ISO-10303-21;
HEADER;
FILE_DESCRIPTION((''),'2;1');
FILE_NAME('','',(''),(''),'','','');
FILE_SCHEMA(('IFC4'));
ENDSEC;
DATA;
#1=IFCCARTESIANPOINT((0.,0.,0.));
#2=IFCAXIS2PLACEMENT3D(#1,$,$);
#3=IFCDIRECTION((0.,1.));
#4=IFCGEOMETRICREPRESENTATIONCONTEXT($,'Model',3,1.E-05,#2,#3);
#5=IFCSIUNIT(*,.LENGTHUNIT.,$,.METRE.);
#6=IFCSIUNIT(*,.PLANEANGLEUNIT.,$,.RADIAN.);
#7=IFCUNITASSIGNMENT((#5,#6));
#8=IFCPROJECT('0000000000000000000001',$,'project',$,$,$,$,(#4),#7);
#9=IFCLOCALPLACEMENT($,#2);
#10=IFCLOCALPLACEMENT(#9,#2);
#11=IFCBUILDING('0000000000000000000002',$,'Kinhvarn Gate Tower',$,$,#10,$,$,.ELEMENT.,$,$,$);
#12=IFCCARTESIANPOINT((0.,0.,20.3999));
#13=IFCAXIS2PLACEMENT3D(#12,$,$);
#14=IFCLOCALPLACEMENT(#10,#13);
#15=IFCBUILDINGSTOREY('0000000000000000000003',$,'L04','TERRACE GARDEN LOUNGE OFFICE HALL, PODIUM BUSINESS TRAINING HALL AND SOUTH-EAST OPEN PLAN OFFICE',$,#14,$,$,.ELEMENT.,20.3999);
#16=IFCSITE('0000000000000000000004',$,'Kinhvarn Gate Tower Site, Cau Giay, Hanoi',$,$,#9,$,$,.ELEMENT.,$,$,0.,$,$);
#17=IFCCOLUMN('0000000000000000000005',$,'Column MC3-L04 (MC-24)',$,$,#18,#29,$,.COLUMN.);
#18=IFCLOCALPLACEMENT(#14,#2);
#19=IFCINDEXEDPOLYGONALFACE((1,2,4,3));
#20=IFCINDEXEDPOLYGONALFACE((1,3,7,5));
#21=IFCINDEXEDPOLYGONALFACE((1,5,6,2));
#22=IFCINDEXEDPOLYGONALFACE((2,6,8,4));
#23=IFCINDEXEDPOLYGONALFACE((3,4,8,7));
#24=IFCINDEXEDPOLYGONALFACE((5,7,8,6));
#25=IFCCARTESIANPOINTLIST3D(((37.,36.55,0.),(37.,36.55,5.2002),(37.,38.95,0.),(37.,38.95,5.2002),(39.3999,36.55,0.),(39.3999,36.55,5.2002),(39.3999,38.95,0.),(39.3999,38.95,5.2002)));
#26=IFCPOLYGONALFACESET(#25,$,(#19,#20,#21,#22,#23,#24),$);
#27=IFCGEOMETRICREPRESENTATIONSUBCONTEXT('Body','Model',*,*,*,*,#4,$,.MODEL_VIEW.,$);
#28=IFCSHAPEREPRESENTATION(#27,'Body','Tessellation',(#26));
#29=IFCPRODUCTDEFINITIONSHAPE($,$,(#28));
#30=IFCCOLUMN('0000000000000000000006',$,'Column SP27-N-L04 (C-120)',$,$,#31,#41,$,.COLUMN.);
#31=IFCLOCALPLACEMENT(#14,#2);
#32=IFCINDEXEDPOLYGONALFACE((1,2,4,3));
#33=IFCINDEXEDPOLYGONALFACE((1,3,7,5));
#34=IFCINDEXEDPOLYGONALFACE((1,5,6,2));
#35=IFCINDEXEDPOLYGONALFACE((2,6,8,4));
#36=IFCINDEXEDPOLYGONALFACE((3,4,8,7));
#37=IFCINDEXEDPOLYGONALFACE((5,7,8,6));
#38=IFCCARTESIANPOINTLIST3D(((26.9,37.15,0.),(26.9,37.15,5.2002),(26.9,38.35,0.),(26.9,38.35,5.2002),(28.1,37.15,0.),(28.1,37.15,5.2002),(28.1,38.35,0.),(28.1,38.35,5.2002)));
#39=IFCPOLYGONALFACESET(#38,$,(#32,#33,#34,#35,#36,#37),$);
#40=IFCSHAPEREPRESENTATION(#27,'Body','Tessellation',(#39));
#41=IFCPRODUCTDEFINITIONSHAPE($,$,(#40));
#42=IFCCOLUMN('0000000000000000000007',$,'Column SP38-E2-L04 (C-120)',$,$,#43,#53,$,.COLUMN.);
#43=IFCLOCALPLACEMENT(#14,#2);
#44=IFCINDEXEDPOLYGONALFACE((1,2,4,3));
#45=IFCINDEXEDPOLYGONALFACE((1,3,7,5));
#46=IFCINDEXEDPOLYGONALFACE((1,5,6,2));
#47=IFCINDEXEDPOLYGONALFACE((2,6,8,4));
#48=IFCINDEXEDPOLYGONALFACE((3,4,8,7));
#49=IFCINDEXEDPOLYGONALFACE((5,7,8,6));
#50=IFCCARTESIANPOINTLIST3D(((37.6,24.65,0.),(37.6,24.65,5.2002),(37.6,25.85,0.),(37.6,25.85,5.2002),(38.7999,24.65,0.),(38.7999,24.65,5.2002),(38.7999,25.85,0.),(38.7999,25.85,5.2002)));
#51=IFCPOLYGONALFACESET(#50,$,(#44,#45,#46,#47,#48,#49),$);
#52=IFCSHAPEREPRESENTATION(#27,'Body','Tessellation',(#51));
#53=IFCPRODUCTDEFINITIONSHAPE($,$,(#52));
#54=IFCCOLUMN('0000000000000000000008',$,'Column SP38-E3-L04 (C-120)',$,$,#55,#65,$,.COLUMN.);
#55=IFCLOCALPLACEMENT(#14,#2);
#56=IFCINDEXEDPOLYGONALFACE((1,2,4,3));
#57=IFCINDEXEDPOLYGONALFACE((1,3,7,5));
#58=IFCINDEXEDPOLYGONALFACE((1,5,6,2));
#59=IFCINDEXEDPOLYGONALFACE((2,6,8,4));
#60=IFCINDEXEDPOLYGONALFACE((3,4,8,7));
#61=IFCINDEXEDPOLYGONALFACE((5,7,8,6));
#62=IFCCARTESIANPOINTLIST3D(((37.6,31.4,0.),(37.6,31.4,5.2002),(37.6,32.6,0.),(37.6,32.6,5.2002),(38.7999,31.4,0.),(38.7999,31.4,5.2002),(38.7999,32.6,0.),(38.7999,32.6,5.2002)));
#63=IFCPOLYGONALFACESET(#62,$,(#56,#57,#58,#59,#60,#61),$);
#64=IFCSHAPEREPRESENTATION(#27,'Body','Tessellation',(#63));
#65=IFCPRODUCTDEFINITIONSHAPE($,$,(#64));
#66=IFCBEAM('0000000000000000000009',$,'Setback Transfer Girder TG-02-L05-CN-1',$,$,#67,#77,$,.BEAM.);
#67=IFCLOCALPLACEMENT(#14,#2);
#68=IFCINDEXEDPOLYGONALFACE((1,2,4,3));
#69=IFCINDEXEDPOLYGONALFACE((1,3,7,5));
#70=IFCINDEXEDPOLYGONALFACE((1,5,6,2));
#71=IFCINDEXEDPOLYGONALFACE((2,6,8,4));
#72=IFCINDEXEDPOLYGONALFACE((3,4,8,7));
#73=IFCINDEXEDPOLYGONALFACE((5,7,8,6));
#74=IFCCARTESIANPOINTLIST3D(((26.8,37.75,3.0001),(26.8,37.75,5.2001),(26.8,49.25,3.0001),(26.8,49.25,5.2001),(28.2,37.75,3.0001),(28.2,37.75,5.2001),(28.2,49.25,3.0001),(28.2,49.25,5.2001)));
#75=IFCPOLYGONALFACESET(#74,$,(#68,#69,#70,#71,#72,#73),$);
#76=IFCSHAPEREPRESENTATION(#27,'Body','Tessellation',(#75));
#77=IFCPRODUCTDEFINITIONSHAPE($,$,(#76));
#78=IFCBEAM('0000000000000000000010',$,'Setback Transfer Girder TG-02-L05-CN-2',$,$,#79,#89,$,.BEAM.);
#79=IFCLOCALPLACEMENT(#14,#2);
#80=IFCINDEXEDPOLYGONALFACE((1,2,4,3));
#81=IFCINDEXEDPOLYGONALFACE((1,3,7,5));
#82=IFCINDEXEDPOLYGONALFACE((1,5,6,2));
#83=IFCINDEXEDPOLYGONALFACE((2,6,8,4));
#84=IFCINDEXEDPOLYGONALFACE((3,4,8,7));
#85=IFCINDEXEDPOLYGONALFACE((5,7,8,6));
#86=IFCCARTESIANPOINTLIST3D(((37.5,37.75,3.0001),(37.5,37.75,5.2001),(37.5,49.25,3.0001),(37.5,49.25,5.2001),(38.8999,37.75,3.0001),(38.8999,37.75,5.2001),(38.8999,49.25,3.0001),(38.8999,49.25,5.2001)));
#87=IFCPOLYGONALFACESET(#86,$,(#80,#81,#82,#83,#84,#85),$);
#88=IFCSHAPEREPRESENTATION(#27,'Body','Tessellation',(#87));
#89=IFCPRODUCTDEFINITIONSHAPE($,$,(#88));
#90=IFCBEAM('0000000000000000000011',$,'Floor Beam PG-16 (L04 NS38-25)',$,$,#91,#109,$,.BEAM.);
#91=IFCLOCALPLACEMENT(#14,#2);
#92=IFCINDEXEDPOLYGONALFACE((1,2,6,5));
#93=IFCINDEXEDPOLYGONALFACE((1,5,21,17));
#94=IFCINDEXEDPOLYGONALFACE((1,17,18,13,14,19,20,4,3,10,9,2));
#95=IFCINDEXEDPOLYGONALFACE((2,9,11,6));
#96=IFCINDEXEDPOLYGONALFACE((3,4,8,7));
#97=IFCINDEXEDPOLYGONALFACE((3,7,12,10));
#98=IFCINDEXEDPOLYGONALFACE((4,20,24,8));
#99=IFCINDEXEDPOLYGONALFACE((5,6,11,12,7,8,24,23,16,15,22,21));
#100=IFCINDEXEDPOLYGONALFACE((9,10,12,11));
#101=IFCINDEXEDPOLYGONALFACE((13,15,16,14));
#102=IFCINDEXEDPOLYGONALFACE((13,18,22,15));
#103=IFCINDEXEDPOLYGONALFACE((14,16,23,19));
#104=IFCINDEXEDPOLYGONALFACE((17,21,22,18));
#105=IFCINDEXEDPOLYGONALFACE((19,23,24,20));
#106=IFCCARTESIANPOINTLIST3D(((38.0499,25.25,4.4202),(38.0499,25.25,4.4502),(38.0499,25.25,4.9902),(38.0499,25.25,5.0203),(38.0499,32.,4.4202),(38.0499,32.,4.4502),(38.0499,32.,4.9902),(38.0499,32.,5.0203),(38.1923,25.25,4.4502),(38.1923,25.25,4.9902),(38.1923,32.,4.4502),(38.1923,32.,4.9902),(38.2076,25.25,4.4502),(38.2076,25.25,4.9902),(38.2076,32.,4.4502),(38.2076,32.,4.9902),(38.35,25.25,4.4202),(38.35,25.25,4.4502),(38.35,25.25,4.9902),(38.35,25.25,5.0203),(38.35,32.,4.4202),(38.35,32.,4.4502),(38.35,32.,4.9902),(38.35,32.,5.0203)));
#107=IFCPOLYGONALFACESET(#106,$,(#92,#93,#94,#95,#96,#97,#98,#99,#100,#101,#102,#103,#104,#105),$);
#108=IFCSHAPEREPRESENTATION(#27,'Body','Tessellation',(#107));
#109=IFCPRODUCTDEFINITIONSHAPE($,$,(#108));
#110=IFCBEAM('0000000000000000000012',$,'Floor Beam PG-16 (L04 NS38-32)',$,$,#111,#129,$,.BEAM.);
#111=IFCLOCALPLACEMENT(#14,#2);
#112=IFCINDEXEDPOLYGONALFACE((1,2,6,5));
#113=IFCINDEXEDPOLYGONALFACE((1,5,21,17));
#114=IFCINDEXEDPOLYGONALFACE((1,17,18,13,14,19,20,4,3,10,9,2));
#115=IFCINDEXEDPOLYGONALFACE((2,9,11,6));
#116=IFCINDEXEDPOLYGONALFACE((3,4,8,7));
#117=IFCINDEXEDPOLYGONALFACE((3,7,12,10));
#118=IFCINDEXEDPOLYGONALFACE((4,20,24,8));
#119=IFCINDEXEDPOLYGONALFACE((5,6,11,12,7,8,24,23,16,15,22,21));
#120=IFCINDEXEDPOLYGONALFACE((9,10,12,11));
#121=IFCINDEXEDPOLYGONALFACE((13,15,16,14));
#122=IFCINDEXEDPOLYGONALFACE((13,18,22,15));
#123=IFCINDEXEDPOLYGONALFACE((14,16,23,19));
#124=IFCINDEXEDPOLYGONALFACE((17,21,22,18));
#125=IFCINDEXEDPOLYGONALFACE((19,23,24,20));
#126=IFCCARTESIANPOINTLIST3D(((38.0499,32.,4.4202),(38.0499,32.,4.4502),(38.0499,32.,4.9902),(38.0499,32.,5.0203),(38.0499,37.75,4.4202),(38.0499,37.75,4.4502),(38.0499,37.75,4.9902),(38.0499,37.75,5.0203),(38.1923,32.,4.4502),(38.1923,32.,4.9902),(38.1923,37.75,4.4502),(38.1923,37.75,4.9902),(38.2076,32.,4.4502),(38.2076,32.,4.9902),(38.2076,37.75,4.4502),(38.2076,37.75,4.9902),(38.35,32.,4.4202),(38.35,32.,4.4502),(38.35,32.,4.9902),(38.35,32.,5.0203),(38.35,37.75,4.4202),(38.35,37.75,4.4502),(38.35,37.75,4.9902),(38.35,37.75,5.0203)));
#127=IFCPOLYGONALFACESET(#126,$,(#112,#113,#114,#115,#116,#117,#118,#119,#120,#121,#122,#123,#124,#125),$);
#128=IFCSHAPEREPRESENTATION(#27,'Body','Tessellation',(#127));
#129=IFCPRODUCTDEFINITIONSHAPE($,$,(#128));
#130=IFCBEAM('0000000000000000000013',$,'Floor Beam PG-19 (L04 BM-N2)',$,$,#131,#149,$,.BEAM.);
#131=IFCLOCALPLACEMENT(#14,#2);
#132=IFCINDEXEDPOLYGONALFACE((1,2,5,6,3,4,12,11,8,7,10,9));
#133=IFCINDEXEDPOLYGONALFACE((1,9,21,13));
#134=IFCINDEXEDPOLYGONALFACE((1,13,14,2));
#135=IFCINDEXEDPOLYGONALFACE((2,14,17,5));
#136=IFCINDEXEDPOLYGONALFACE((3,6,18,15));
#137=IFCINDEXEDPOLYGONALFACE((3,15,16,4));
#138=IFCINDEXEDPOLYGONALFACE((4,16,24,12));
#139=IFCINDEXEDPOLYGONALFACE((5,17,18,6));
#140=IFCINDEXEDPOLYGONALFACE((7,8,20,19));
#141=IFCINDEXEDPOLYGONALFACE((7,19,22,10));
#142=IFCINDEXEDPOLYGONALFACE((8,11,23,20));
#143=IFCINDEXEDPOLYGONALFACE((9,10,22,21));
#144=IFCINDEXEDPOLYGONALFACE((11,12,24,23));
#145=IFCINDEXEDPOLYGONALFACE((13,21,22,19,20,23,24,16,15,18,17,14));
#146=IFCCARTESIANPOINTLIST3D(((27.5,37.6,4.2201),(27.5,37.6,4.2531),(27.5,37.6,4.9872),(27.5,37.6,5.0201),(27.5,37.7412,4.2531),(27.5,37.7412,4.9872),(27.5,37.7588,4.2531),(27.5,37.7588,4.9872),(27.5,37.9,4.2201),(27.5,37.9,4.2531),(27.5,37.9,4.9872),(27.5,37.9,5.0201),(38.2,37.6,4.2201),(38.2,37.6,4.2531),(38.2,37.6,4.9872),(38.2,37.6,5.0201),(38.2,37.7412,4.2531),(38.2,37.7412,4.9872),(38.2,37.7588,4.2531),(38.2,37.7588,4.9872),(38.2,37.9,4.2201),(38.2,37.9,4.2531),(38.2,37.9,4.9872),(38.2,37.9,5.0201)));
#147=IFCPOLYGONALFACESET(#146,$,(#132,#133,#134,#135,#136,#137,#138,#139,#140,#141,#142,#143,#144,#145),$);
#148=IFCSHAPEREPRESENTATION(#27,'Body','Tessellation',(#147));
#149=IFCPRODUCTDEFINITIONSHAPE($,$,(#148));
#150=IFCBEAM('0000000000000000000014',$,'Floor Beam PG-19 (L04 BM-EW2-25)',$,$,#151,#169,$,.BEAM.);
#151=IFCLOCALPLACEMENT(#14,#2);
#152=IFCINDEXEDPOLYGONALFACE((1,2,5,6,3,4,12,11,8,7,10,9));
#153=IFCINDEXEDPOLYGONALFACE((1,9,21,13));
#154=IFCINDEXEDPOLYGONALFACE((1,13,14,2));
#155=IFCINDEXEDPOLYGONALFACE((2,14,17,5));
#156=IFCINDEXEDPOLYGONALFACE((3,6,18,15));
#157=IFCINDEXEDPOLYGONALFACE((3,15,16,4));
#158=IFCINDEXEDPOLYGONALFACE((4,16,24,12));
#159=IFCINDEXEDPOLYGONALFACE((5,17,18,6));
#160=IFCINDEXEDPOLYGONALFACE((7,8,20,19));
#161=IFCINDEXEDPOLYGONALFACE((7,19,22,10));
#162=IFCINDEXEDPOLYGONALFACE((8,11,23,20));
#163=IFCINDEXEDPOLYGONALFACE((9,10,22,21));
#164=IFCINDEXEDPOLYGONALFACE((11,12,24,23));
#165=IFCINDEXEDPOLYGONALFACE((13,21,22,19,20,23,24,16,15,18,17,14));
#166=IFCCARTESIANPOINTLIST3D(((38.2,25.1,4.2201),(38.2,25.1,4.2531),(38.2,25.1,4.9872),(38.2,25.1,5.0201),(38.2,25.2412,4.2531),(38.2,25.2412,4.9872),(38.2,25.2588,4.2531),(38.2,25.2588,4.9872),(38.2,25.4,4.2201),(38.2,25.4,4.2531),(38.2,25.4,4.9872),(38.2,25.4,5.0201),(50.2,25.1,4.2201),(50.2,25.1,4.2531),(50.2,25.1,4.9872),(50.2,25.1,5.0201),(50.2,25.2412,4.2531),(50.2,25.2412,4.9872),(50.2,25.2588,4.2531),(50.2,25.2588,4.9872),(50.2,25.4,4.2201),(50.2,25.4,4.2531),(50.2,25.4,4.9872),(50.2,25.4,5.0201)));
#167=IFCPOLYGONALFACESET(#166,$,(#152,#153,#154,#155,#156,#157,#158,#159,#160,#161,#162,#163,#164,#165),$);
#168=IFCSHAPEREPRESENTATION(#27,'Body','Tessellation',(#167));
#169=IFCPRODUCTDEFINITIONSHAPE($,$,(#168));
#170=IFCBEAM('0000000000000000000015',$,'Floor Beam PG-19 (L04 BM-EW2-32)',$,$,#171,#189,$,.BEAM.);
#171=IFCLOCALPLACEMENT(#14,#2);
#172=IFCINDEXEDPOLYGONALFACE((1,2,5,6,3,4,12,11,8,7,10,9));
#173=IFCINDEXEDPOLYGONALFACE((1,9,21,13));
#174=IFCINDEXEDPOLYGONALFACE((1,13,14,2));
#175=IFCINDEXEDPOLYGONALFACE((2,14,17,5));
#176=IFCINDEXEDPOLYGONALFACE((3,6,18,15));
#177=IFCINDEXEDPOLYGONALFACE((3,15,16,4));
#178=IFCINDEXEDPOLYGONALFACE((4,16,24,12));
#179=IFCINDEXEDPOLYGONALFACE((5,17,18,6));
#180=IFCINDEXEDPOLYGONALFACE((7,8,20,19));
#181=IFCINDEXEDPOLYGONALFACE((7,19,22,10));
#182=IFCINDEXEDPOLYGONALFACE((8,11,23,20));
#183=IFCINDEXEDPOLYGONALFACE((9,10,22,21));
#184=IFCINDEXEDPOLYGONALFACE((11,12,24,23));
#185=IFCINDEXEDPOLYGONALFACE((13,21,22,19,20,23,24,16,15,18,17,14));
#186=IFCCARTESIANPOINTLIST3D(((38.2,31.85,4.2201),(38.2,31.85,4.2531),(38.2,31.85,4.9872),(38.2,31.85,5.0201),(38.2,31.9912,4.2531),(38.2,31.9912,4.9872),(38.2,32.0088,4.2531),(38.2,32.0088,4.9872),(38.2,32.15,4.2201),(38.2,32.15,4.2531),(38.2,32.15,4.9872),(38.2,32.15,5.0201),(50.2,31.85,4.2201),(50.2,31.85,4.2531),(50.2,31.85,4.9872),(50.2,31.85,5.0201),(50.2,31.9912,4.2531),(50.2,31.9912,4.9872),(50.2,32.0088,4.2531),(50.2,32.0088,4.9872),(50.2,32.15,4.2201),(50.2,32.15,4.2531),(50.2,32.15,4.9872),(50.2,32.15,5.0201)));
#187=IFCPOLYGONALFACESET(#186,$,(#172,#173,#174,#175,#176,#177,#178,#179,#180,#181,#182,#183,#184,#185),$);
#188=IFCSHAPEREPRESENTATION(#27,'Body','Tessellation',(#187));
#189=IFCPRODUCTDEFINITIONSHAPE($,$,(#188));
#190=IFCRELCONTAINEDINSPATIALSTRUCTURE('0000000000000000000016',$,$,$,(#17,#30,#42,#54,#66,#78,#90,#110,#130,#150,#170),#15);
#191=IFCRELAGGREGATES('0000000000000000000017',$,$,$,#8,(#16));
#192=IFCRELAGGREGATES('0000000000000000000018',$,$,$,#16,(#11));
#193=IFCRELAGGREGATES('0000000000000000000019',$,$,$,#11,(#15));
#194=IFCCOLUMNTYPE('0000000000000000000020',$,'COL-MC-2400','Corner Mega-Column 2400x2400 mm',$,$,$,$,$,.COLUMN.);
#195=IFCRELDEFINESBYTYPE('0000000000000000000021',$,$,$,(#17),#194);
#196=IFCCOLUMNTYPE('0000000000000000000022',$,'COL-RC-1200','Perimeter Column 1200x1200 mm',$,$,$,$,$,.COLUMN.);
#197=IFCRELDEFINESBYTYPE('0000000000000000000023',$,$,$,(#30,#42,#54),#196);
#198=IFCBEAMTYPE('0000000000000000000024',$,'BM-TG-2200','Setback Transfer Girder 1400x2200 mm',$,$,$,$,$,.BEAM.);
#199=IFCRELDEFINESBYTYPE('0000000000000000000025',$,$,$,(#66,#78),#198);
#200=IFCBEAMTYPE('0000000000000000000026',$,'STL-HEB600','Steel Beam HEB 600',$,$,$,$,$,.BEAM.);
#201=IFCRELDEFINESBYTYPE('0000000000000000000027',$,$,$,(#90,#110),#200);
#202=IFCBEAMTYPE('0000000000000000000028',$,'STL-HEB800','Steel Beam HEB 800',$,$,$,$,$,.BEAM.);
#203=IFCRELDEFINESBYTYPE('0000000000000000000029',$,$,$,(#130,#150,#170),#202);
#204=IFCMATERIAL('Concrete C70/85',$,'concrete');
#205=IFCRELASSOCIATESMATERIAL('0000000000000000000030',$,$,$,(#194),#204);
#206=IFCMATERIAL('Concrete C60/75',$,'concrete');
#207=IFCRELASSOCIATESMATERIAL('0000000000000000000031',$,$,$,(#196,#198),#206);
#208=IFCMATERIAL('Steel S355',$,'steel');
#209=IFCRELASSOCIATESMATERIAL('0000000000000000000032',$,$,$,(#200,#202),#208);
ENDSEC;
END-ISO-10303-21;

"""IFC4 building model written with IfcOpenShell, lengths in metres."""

from ifc_helpers import new_model, si_unit, direction, frame, origin, origin_2d, place, context, subcontext, project, spatial, rectangle, i_section, extrude, material, material_profile, profile_set, type_object, element, save


model = new_model("IFC4")

# Units and contexts
model_context = context("Model", 3, precision=1e-05, world=origin(), true_north=direction((0.0, 1.0)))
body_context = subcontext(model_context, "Body", "Model", "MODEL_VIEW")
ifc_project = project(units=[si_unit("LENGTHUNIT", "METRE"), si_unit("PLANEANGLEUNIT", "RADIAN")], contexts=[model_context])

# Site, building, storey
site_placement = place(None, origin())
site = spatial("IfcSite", under=ifc_project, at=site_placement, Name="Kinhvarn Gate Tower Site, Cau Giay, Hanoi", CompositionType="ELEMENT", RefElevation=0.0)
building_placement = place(site_placement, origin())
building = spatial("IfcBuilding", under=site, at=building_placement, Name="Kinhvarn Gate Tower", CompositionType="ELEMENT")
storey_placement = place(building_placement, frame((0.0, 0.0, 20.3999)))
storey = spatial("IfcBuildingStorey", under=building, at=storey_placement, Name="L04", Description="TERRACE GARDEN LOUNGE OFFICE HALL, PODIUM BUSINESS TRAINING HALL AND SOUTH-EAST OPEN PLAN OFFICE", CompositionType="ELEMENT", Elevation=20.3999)

# Columns
ifc_material_1 = material(Name="Concrete C70/85", Category="concrete")
ifc_material_profile_1 = material_profile(ifc_material_1, rectangle(XDim=2.3999, YDim=2.3999, at=origin_2d()), Name="RC 2400x2400")
ifc_profile_set_1 = profile_set([ifc_material_profile_1], Name="Concrete C70/85")
column_type_1 = type_object("IfcColumnType", Name="COL-MC-2400", Description="Corner Mega-Column 2400x2400 mm", PredefinedType="COLUMN", material=ifc_profile_set_1)
column_placement = place(storey_placement, frame((38.2, 37.75, 0.0), z_axis=(0.0, 0.0, 1.0), x_axis=(1.0, 0.0, 0.0)))
element("IfcColumn", 1, at=column_placement, inside=storey, type_object=column_type_1, Name="Column MC3-L04 (MC-24)", PredefinedType="COLUMN", context=body_context, shape_type="SweptSolid", body=[
    extrude(rectangle(XDim=2.3999, YDim=2.3999, at=origin_2d()), origin(), (0.0, 0.0, 1.0), 5.2002),
])
ifc_material_2 = material(Name="Concrete C60/75", Category="concrete")
ifc_material_profile_2 = material_profile(ifc_material_2, rectangle(XDim=1.2, YDim=1.2, at=origin_2d()), Name="RC 1200x1200")
ifc_profile_set_2 = profile_set([ifc_material_profile_2], Name="Concrete C60/75")
column_type_2 = type_object("IfcColumnType", Name="COL-RC-1200", Description="Perimeter Column 1200x1200 mm", PredefinedType="COLUMN", material=ifc_profile_set_2)
for number, where, z_axis, x_axis, name in (
    (2, (27.5, 37.75, 0.0), (0.0, 0.0, 1.0), (1.0, 0.0, 0.0), "Column SP27-N-L04 (C-120)"),
    (3, (38.2, 25.25, 0.0), (0.0, 0.0, 1.0), (1.0, 0.0, 0.0), "Column SP38-E2-L04 (C-120)"),
    (4, (38.2, 32.0, 0.0), (0.0, 0.0, 1.0), (1.0, 0.0, 0.0), "Column SP38-E3-L04 (C-120)"),
):
    element("IfcColumn", number, at=place(storey_placement, frame(where, z_axis=z_axis, x_axis=x_axis)), inside=storey, type_object=column_type_2, Name=name, PredefinedType="COLUMN", context=body_context, shape_type="SweptSolid", body=[
        extrude(rectangle(XDim=1.2, YDim=1.2, at=origin_2d()), origin(), (0.0, 0.0, 1.0), 5.2002),
    ])

# Beams
ifc_material_profile_3 = material_profile(ifc_material_2, rectangle(XDim=1.3999, YDim=2.2, at=origin_2d()), Name="RC 1400x2200")
ifc_profile_set_3 = profile_set([ifc_material_profile_3], Name="Concrete C60/75")
beam_type_1 = type_object("IfcBeamType", Name="BM-TG-2200", Description="Setback Transfer Girder 1400x2200 mm", PredefinedType="BEAM", material=ifc_profile_set_3)
for number, where, z_axis, x_axis, name in (
    (5, (27.5, 37.75, 4.1001), (0.0, 1.0, 0.0), (-1.0, 0.0, 0.0), "Setback Transfer Girder TG-02-L05-CN-1"),
    (6, (38.2, 37.75, 4.1001), (0.0, 1.0, 0.0), (-1.0, 0.0, 0.0), "Setback Transfer Girder TG-02-L05-CN-2"),
):
    element("IfcBeam", number, at=place(storey_placement, frame(where, z_axis=z_axis, x_axis=x_axis)), inside=storey, type_object=beam_type_1, Name=name, PredefinedType="BEAM", context=body_context, shape_type="SweptSolid", body=[
        extrude(rectangle(XDim=1.3999, YDim=2.2, at=origin_2d()), origin(), (0.0, 0.0, 1.0), 11.5),
    ])
ifc_material_3 = material(Name="Steel S355", Category="steel")
ifc_material_profile_4 = material_profile(ifc_material_3, i_section(OverallWidth=0.3, OverallDepth=0.6001, WebThickness=0.0154, FlangeThickness=0.03, at=origin_2d()), Name="HEB 600")
ifc_profile_set_4 = profile_set([ifc_material_profile_4], Name="Steel S355")
beam_type_2 = type_object("IfcBeamType", Name="STL-HEB600", Description="Steel Beam HEB 600", PredefinedType="BEAM", material=ifc_profile_set_4)
beam_1_placement = place(storey_placement, frame((38.2, 25.25, 4.7202), z_axis=(0.0, 1.0, 0.0), x_axis=(-1.0, 0.0, 0.0)))
element("IfcBeam", 7, at=beam_1_placement, inside=storey, type_object=beam_type_2, Name="Floor Beam PG-16 (L04 NS38-25)", PredefinedType="BEAM", context=body_context, shape_type="SweptSolid", body=[
    extrude(i_section(OverallWidth=0.3, OverallDepth=0.6001, WebThickness=0.0154, FlangeThickness=0.03, at=origin_2d()), origin(), (0.0, 0.0, 1.0), 6.75),
])
beam_2_placement = place(storey_placement, frame((38.2, 32.0, 4.7202), z_axis=(0.0, 1.0, 0.0), x_axis=(-1.0, 0.0, 0.0)))
element("IfcBeam", 8, at=beam_2_placement, inside=storey, type_object=beam_type_2, Name="Floor Beam PG-16 (L04 NS38-32)", PredefinedType="BEAM", context=body_context, shape_type="SweptSolid", body=[
    extrude(i_section(OverallWidth=0.3, OverallDepth=0.6001, WebThickness=0.0154, FlangeThickness=0.03, at=origin_2d()), origin(), (0.0, 0.0, 1.0), 5.75),
])
ifc_material_profile_5 = material_profile(ifc_material_3, i_section(OverallWidth=0.3, OverallDepth=0.8, WebThickness=0.0176, FlangeThickness=0.033, at=origin_2d()), Name="HEB 800")
ifc_profile_set_5 = profile_set([ifc_material_profile_5], Name="Steel S355")
beam_type_3 = type_object("IfcBeamType", Name="STL-HEB800", Description="Steel Beam HEB 800", PredefinedType="BEAM", material=ifc_profile_set_5)
beam_3_placement = place(storey_placement, frame((27.5, 37.75, 4.6201), z_axis=(1.0, 0.0, 0.0), x_axis=(0.0, 1.0, 0.0)))
element("IfcBeam", 9, at=beam_3_placement, inside=storey, type_object=beam_type_3, Name="Floor Beam PG-19 (L04 BM-N2)", PredefinedType="BEAM", context=body_context, shape_type="SweptSolid", body=[
    extrude(i_section(OverallWidth=0.3, OverallDepth=0.8, WebThickness=0.0176, FlangeThickness=0.033, at=origin_2d()), origin(), (0.0, 0.0, 1.0), 10.7),
])
for number, where, z_axis, x_axis, name in (
    (10, (38.2, 25.25, 4.6201), (1.0, 0.0, 0.0), (0.0, 1.0, 0.0), "Floor Beam PG-19 (L04 BM-EW2-25)"),
    (11, (38.2, 32.0, 4.6201), (1.0, 0.0, 0.0), (0.0, 1.0, 0.0), "Floor Beam PG-19 (L04 BM-EW2-32)"),
):
    element("IfcBeam", number, at=place(storey_placement, frame(where, z_axis=z_axis, x_axis=x_axis)), inside=storey, type_object=beam_type_3, Name=name, PredefinedType="BEAM", context=body_context, shape_type="SweptSolid", body=[
        extrude(i_section(OverallWidth=0.3, OverallDepth=0.8, WebThickness=0.0176, FlangeThickness=0.033, at=origin_2d()), origin(), (0.0, 0.0, 1.0), 12.0),
    ])

save(model, "model.ifc")
